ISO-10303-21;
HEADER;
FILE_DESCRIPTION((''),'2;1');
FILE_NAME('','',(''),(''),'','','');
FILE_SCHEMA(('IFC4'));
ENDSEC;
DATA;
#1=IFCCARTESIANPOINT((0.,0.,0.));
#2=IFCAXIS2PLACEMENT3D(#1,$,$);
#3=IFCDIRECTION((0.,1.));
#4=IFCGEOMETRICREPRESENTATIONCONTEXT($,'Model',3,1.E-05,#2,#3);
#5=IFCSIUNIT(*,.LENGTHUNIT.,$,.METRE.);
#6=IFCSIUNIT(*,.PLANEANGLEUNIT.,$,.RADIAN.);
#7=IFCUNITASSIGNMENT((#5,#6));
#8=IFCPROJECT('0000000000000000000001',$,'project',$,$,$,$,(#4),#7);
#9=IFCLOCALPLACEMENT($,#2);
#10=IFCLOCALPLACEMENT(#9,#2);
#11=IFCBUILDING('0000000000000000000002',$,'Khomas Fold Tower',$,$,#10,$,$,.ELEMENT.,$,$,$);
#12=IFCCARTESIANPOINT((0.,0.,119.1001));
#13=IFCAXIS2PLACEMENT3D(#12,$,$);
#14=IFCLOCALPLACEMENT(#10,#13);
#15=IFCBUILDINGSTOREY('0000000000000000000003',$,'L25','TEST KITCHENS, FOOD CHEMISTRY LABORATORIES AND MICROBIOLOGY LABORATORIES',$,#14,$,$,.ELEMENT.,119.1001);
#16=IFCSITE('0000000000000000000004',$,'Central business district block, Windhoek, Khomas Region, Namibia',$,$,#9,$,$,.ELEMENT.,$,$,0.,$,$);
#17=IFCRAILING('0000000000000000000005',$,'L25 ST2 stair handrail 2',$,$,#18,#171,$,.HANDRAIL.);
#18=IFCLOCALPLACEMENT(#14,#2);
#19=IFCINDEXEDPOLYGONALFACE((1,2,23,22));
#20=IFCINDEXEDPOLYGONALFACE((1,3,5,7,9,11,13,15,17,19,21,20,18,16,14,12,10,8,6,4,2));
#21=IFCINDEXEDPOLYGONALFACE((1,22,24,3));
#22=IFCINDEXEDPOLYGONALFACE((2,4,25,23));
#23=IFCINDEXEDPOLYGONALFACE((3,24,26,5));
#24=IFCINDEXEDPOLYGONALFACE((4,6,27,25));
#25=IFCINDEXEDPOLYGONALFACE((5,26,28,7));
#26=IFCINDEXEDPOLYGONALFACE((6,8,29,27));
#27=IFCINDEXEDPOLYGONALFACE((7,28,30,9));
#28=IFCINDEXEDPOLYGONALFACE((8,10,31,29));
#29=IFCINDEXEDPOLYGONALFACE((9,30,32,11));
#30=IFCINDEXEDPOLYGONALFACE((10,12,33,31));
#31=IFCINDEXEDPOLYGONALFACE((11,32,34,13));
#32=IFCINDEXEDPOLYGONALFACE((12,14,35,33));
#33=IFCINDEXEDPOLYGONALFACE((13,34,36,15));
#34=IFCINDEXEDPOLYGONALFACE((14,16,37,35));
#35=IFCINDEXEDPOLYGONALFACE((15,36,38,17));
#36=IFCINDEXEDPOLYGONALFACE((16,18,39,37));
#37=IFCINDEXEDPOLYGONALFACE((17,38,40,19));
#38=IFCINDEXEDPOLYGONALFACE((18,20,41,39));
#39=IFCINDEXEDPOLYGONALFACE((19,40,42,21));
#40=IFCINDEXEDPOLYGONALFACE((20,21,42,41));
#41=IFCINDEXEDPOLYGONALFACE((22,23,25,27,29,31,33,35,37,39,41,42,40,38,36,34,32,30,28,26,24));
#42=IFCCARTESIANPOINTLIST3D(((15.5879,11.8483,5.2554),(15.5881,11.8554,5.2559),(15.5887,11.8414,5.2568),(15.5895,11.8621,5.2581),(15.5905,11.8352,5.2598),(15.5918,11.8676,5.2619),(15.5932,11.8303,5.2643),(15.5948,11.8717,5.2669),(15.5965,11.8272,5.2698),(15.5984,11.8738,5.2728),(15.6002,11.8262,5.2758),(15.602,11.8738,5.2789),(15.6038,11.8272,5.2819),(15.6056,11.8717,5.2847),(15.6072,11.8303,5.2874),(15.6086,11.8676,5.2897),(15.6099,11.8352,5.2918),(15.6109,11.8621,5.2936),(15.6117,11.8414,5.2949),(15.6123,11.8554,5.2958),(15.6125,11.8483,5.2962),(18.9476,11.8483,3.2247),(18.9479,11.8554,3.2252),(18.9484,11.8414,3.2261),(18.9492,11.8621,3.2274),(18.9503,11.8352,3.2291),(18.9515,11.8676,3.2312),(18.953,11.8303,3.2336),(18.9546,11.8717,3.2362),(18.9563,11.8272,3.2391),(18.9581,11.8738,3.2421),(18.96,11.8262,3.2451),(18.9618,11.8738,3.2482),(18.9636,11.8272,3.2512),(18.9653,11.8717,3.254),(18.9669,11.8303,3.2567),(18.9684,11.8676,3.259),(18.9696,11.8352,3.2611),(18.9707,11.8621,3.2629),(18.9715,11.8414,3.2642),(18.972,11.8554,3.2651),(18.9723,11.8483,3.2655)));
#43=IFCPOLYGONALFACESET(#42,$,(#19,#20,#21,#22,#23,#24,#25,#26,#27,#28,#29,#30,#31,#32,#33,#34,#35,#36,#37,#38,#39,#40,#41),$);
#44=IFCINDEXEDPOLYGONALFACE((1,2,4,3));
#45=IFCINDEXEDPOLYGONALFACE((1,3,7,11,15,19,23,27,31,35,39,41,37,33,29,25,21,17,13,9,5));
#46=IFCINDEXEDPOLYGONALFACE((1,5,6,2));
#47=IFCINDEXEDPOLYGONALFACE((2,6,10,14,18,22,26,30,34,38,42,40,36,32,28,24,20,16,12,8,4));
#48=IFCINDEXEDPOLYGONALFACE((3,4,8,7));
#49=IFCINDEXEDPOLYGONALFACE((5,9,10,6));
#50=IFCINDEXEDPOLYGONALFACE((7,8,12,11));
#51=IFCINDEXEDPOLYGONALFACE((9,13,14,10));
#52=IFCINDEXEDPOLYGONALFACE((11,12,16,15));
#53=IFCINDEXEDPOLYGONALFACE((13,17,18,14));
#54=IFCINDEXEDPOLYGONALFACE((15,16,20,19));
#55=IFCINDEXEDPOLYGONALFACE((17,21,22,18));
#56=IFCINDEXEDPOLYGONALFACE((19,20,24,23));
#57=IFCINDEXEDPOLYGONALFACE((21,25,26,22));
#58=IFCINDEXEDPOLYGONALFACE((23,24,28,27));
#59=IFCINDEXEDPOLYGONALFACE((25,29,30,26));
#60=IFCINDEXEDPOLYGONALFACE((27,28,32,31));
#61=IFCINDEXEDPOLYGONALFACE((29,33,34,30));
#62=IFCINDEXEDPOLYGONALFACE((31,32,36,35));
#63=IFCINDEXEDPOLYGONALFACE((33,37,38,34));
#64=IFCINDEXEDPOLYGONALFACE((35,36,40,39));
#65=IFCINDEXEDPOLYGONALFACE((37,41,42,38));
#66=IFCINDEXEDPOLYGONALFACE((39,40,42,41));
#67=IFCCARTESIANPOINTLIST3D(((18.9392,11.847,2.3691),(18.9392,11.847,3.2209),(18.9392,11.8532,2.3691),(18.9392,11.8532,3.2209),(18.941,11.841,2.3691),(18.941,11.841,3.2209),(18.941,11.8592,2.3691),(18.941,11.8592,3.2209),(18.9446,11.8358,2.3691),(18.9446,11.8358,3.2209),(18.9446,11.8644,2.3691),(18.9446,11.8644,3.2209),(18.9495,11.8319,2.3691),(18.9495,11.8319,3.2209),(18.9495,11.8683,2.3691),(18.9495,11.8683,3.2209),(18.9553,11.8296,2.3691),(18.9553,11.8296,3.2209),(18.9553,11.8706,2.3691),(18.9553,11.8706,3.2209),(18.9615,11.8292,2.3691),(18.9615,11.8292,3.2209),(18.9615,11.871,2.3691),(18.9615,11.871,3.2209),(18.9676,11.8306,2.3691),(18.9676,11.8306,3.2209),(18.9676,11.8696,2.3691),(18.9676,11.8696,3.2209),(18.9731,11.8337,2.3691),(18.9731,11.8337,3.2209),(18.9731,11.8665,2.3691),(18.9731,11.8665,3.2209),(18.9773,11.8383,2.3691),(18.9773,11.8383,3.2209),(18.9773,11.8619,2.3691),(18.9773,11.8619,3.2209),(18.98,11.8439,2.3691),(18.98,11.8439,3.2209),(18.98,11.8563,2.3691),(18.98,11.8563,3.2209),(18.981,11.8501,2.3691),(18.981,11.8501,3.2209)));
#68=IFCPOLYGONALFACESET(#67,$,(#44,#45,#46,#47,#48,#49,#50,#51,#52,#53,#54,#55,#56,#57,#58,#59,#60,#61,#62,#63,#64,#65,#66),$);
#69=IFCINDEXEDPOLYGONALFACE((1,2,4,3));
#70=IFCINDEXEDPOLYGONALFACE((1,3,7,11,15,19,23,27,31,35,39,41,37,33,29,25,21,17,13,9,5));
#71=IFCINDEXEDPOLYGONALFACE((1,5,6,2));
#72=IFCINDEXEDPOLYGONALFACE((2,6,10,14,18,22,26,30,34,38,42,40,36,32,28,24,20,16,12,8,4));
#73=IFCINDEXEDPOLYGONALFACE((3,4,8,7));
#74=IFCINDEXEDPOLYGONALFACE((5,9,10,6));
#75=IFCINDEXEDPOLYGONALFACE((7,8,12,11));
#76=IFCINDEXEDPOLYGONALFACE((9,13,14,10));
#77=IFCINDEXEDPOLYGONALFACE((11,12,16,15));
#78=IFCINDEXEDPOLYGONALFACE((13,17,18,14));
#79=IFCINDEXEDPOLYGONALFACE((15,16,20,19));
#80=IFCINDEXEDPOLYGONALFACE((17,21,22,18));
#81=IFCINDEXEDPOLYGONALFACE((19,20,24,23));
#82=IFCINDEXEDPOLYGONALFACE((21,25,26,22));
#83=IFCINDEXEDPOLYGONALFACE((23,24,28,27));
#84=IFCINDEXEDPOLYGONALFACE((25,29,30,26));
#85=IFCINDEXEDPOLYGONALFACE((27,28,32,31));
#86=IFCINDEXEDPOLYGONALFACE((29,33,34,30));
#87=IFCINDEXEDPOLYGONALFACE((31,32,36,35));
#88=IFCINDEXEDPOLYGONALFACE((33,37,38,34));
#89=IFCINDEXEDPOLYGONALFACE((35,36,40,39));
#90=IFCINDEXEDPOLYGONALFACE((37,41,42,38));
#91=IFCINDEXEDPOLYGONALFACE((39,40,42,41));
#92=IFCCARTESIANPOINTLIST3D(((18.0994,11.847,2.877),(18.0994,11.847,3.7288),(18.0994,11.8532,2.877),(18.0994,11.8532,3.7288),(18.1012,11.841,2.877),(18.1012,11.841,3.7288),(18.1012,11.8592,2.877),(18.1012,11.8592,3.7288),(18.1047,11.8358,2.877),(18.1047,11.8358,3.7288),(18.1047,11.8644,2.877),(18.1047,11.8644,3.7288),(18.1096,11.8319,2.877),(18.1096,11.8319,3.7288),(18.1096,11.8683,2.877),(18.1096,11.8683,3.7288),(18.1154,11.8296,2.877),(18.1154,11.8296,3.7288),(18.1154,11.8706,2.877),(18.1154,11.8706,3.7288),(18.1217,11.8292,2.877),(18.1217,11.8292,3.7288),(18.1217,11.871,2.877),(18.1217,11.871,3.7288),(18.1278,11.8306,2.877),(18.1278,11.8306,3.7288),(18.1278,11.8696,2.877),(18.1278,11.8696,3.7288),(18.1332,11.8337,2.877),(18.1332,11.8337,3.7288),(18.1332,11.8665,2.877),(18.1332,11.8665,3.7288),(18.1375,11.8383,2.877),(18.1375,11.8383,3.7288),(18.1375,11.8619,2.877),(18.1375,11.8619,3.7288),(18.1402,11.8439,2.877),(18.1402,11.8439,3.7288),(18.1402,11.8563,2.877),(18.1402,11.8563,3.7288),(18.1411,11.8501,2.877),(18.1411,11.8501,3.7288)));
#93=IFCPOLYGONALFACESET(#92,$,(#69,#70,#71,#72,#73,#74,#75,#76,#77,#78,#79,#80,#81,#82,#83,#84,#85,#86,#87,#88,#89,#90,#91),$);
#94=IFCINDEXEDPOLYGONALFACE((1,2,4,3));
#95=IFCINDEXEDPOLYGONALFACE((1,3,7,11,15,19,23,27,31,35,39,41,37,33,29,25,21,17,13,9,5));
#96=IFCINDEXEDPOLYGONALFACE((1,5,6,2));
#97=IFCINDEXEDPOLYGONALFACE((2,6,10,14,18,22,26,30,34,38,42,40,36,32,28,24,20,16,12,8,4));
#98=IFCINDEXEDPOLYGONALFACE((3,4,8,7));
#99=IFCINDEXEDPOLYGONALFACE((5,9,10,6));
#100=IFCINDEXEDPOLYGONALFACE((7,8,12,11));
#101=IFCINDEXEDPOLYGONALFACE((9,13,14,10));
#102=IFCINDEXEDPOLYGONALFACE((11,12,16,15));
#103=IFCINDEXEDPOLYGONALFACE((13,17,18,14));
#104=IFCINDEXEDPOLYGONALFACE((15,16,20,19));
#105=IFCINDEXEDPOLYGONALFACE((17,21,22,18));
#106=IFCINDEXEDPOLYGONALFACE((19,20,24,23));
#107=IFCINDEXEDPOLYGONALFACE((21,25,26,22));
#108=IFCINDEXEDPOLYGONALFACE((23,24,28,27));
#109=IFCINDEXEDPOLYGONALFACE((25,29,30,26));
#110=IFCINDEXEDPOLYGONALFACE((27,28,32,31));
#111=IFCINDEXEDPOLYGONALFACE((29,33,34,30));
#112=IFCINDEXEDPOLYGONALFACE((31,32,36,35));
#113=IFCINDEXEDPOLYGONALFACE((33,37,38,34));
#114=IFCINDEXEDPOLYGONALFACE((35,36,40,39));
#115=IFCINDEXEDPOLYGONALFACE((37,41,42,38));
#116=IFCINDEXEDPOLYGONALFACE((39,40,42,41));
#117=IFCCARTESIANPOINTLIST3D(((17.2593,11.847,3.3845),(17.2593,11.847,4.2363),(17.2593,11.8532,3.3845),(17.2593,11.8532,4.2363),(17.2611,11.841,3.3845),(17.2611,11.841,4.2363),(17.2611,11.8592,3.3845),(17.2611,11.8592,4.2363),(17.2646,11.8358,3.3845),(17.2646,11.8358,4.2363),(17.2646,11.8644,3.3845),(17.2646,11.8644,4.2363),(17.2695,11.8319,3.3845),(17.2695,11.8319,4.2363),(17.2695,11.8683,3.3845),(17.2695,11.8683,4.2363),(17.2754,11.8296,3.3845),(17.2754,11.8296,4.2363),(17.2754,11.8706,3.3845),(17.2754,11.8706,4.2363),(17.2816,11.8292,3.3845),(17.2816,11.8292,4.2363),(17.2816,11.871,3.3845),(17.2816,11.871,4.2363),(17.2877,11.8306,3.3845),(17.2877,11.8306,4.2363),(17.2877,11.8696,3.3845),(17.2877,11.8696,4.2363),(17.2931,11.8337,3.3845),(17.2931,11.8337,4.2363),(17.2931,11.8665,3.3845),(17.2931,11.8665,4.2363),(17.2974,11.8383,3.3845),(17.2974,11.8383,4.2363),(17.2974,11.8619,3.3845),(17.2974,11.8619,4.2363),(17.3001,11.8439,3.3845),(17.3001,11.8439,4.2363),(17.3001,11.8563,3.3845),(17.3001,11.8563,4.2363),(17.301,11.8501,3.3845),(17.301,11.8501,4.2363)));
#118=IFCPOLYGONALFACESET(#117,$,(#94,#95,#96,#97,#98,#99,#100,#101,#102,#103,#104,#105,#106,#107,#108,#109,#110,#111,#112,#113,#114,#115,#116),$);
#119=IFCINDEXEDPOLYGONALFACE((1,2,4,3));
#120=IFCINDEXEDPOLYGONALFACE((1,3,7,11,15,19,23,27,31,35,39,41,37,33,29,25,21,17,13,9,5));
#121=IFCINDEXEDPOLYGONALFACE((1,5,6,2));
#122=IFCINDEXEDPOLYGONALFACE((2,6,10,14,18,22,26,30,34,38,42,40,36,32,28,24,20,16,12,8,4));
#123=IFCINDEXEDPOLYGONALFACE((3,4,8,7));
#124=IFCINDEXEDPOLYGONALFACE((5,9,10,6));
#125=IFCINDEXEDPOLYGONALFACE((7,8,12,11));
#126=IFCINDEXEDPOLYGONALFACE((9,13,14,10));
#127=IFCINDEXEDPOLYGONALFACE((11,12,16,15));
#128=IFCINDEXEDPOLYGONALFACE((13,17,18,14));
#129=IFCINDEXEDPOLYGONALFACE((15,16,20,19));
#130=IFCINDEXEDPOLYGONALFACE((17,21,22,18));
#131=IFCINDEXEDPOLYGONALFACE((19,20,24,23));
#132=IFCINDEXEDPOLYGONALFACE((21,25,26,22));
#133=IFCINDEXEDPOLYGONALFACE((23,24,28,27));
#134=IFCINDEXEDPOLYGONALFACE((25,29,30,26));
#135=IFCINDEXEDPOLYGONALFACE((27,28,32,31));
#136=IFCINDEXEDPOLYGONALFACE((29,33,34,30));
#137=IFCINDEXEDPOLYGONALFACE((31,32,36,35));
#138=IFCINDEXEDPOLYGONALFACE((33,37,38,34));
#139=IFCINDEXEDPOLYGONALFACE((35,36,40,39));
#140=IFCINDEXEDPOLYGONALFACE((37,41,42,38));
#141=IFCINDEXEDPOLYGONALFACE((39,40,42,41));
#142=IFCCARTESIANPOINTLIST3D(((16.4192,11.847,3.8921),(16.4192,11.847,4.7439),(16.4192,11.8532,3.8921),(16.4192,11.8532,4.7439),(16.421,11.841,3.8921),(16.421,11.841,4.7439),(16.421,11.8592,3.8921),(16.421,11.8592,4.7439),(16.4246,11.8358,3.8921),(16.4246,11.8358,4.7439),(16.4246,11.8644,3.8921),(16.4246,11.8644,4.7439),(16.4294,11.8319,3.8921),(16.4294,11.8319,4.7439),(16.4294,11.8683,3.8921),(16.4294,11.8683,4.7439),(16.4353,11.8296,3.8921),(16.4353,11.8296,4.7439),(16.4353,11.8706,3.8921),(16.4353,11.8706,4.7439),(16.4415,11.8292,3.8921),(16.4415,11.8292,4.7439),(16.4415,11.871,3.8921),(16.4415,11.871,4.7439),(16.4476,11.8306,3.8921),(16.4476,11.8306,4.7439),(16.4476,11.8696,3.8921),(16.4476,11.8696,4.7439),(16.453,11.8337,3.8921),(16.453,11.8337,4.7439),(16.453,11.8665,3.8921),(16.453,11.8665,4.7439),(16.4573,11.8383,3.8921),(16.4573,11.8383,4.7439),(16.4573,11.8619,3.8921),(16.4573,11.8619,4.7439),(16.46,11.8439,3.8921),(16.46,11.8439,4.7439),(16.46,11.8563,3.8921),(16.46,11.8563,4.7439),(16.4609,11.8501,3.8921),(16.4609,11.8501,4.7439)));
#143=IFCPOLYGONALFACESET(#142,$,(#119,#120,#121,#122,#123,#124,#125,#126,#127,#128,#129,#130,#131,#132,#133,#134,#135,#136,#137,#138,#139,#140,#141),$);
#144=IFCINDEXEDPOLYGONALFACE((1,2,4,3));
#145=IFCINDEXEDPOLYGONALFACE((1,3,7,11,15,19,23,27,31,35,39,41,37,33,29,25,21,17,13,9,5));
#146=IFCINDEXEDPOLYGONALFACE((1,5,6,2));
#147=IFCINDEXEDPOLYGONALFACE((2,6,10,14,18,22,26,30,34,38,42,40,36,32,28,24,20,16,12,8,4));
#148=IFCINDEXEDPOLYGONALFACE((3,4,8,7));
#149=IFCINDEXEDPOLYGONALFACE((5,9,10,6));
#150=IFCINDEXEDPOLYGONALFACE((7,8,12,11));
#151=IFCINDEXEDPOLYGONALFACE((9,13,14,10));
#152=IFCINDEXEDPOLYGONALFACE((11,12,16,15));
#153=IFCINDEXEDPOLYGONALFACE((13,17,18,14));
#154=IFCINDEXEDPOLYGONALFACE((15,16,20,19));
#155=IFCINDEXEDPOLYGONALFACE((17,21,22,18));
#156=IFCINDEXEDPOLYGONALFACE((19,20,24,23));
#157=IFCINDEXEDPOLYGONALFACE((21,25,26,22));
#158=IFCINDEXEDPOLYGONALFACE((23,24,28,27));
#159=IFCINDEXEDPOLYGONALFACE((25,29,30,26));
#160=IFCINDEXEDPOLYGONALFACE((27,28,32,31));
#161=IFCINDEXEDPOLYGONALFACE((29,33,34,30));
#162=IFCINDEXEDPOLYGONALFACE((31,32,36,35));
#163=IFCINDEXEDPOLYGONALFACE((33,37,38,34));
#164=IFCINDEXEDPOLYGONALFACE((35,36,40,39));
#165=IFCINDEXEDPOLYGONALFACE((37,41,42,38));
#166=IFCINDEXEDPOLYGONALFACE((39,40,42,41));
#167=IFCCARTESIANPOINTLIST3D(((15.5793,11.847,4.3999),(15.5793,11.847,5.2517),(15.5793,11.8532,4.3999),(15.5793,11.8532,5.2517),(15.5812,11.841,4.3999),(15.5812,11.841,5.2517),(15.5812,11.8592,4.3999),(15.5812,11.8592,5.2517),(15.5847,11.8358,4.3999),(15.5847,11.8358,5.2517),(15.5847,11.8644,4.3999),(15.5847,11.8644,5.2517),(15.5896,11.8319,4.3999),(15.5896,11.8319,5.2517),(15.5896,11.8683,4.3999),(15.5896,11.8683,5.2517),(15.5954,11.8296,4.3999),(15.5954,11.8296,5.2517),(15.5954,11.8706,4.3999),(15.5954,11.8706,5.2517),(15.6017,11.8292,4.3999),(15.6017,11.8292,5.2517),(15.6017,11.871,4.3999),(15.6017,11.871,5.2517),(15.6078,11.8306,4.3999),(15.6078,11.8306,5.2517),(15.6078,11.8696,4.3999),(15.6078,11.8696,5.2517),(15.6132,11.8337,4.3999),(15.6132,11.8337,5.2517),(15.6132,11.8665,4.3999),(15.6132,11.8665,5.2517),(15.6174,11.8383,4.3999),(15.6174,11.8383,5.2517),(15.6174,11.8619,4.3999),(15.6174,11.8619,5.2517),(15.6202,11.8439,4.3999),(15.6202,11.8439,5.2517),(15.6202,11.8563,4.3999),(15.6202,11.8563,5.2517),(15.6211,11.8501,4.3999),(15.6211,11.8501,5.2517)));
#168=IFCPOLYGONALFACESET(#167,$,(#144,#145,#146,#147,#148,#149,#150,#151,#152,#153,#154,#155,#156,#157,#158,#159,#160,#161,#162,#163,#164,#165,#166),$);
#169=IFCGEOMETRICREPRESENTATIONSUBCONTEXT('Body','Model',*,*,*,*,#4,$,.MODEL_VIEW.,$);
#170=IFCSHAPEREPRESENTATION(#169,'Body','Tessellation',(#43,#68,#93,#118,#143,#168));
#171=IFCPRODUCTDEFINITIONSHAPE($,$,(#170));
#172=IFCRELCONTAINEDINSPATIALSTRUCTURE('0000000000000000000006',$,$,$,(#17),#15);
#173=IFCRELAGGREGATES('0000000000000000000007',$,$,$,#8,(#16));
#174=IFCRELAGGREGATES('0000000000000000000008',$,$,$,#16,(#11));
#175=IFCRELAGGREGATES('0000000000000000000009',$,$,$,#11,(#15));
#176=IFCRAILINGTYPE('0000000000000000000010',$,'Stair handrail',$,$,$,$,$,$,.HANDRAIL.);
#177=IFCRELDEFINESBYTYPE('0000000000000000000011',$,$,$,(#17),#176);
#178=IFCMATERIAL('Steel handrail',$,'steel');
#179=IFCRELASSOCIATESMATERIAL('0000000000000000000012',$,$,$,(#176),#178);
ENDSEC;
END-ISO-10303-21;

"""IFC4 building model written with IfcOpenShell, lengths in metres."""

from ifc_helpers import new_model, si_unit, direction, frame, origin, origin_2d, place, context, subcontext, project, spatial, circle, extrude, source, transform, mapped, material, type_object, element, save


model = new_model("IFC4")

# Units and contexts
model_context = context("Model", 3, precision=1e-05, world=origin(), true_north=direction((0.0, 1.0)))
body_context = subcontext(model_context, "Body", "Model", "MODEL_VIEW")
ifc_project = project(units=[si_unit("LENGTHUNIT", "METRE"), si_unit("PLANEANGLEUNIT", "RADIAN")], contexts=[model_context])

# Site, building, storey
site_placement = place(None, origin())
site = spatial("IfcSite", under=ifc_project, at=site_placement, Name="Central business district block, Windhoek, Khomas Region, Namibia", CompositionType="ELEMENT", RefElevation=0.0)
building_placement = place(site_placement, origin())
building = spatial("IfcBuilding", under=site, at=building_placement, Name="Khomas Fold Tower", CompositionType="ELEMENT")
storey_placement = place(building_placement, frame((0.0, 0.0, 119.1001)))
storey = spatial("IfcBuildingStorey", under=building, at=storey_placement, Name="L25", Description="TEST KITCHENS, FOOD CHEMISTRY LABORATORIES AND MICROBIOLOGY LABORATORIES", CompositionType="ELEMENT", Elevation=119.1001)

# Railing
ifc_material_1 = material(Name="Steel handrail", Category="steel")
railing_type_1 = type_object("IfcRailingType", Name="Stair handrail", PredefinedType="HANDRAIL", material=ifc_material_1)
shared_shape_1 = source(origin(), body_context, "Body", "SweptSolid", [
    extrude(circle(Radius=0.0239, at=origin_2d()), frame((0.0, 0.0, 0.876), z_axis=(-0.85582, 0.0, 0.517273), x_axis=(0.0, -1.0, 0.0)), (0.0, 0.0, 1.0), 3.9258),
    extrude(circle(Radius=0.021, at=origin_2d()), origin(), (0.0, 0.0, 1.0), 0.8518),
    extrude(circle(Radius=0.021, at=origin_2d()), frame((-0.8398, 0.0, 0.5078)), (0.0, 0.0, 1.0), 0.8518),
    extrude(circle(Radius=0.021, at=origin_2d()), frame((-1.6799, 0.0, 1.0154)), (0.0, 0.0, 1.0), 0.8518),
    extrude(circle(Radius=0.021, at=origin_2d()), frame((-2.52, 0.0, 1.5229)), (0.0, 0.0, 1.0), 0.8518),
    extrude(circle(Radius=0.021, at=origin_2d()), frame((-3.3599, 0.0, 2.0308)), (0.0, 0.0, 1.0), 0.8518),
])
railing_1_placement = place(storey_placement, frame((18.96, 11.8501, 2.3691)))
element("IfcRailing", 1, at=railing_1_placement, inside=storey, type_object=railing_type_1, Name="L25 ST2 stair handrail 2", PredefinedType="HANDRAIL", context=body_context, shape_type="MappedRepresentation", body=[
    mapped(shared_shape_1, transform((0.0, 0.0, 0.0))),
])

save(model, "model.ifc")
